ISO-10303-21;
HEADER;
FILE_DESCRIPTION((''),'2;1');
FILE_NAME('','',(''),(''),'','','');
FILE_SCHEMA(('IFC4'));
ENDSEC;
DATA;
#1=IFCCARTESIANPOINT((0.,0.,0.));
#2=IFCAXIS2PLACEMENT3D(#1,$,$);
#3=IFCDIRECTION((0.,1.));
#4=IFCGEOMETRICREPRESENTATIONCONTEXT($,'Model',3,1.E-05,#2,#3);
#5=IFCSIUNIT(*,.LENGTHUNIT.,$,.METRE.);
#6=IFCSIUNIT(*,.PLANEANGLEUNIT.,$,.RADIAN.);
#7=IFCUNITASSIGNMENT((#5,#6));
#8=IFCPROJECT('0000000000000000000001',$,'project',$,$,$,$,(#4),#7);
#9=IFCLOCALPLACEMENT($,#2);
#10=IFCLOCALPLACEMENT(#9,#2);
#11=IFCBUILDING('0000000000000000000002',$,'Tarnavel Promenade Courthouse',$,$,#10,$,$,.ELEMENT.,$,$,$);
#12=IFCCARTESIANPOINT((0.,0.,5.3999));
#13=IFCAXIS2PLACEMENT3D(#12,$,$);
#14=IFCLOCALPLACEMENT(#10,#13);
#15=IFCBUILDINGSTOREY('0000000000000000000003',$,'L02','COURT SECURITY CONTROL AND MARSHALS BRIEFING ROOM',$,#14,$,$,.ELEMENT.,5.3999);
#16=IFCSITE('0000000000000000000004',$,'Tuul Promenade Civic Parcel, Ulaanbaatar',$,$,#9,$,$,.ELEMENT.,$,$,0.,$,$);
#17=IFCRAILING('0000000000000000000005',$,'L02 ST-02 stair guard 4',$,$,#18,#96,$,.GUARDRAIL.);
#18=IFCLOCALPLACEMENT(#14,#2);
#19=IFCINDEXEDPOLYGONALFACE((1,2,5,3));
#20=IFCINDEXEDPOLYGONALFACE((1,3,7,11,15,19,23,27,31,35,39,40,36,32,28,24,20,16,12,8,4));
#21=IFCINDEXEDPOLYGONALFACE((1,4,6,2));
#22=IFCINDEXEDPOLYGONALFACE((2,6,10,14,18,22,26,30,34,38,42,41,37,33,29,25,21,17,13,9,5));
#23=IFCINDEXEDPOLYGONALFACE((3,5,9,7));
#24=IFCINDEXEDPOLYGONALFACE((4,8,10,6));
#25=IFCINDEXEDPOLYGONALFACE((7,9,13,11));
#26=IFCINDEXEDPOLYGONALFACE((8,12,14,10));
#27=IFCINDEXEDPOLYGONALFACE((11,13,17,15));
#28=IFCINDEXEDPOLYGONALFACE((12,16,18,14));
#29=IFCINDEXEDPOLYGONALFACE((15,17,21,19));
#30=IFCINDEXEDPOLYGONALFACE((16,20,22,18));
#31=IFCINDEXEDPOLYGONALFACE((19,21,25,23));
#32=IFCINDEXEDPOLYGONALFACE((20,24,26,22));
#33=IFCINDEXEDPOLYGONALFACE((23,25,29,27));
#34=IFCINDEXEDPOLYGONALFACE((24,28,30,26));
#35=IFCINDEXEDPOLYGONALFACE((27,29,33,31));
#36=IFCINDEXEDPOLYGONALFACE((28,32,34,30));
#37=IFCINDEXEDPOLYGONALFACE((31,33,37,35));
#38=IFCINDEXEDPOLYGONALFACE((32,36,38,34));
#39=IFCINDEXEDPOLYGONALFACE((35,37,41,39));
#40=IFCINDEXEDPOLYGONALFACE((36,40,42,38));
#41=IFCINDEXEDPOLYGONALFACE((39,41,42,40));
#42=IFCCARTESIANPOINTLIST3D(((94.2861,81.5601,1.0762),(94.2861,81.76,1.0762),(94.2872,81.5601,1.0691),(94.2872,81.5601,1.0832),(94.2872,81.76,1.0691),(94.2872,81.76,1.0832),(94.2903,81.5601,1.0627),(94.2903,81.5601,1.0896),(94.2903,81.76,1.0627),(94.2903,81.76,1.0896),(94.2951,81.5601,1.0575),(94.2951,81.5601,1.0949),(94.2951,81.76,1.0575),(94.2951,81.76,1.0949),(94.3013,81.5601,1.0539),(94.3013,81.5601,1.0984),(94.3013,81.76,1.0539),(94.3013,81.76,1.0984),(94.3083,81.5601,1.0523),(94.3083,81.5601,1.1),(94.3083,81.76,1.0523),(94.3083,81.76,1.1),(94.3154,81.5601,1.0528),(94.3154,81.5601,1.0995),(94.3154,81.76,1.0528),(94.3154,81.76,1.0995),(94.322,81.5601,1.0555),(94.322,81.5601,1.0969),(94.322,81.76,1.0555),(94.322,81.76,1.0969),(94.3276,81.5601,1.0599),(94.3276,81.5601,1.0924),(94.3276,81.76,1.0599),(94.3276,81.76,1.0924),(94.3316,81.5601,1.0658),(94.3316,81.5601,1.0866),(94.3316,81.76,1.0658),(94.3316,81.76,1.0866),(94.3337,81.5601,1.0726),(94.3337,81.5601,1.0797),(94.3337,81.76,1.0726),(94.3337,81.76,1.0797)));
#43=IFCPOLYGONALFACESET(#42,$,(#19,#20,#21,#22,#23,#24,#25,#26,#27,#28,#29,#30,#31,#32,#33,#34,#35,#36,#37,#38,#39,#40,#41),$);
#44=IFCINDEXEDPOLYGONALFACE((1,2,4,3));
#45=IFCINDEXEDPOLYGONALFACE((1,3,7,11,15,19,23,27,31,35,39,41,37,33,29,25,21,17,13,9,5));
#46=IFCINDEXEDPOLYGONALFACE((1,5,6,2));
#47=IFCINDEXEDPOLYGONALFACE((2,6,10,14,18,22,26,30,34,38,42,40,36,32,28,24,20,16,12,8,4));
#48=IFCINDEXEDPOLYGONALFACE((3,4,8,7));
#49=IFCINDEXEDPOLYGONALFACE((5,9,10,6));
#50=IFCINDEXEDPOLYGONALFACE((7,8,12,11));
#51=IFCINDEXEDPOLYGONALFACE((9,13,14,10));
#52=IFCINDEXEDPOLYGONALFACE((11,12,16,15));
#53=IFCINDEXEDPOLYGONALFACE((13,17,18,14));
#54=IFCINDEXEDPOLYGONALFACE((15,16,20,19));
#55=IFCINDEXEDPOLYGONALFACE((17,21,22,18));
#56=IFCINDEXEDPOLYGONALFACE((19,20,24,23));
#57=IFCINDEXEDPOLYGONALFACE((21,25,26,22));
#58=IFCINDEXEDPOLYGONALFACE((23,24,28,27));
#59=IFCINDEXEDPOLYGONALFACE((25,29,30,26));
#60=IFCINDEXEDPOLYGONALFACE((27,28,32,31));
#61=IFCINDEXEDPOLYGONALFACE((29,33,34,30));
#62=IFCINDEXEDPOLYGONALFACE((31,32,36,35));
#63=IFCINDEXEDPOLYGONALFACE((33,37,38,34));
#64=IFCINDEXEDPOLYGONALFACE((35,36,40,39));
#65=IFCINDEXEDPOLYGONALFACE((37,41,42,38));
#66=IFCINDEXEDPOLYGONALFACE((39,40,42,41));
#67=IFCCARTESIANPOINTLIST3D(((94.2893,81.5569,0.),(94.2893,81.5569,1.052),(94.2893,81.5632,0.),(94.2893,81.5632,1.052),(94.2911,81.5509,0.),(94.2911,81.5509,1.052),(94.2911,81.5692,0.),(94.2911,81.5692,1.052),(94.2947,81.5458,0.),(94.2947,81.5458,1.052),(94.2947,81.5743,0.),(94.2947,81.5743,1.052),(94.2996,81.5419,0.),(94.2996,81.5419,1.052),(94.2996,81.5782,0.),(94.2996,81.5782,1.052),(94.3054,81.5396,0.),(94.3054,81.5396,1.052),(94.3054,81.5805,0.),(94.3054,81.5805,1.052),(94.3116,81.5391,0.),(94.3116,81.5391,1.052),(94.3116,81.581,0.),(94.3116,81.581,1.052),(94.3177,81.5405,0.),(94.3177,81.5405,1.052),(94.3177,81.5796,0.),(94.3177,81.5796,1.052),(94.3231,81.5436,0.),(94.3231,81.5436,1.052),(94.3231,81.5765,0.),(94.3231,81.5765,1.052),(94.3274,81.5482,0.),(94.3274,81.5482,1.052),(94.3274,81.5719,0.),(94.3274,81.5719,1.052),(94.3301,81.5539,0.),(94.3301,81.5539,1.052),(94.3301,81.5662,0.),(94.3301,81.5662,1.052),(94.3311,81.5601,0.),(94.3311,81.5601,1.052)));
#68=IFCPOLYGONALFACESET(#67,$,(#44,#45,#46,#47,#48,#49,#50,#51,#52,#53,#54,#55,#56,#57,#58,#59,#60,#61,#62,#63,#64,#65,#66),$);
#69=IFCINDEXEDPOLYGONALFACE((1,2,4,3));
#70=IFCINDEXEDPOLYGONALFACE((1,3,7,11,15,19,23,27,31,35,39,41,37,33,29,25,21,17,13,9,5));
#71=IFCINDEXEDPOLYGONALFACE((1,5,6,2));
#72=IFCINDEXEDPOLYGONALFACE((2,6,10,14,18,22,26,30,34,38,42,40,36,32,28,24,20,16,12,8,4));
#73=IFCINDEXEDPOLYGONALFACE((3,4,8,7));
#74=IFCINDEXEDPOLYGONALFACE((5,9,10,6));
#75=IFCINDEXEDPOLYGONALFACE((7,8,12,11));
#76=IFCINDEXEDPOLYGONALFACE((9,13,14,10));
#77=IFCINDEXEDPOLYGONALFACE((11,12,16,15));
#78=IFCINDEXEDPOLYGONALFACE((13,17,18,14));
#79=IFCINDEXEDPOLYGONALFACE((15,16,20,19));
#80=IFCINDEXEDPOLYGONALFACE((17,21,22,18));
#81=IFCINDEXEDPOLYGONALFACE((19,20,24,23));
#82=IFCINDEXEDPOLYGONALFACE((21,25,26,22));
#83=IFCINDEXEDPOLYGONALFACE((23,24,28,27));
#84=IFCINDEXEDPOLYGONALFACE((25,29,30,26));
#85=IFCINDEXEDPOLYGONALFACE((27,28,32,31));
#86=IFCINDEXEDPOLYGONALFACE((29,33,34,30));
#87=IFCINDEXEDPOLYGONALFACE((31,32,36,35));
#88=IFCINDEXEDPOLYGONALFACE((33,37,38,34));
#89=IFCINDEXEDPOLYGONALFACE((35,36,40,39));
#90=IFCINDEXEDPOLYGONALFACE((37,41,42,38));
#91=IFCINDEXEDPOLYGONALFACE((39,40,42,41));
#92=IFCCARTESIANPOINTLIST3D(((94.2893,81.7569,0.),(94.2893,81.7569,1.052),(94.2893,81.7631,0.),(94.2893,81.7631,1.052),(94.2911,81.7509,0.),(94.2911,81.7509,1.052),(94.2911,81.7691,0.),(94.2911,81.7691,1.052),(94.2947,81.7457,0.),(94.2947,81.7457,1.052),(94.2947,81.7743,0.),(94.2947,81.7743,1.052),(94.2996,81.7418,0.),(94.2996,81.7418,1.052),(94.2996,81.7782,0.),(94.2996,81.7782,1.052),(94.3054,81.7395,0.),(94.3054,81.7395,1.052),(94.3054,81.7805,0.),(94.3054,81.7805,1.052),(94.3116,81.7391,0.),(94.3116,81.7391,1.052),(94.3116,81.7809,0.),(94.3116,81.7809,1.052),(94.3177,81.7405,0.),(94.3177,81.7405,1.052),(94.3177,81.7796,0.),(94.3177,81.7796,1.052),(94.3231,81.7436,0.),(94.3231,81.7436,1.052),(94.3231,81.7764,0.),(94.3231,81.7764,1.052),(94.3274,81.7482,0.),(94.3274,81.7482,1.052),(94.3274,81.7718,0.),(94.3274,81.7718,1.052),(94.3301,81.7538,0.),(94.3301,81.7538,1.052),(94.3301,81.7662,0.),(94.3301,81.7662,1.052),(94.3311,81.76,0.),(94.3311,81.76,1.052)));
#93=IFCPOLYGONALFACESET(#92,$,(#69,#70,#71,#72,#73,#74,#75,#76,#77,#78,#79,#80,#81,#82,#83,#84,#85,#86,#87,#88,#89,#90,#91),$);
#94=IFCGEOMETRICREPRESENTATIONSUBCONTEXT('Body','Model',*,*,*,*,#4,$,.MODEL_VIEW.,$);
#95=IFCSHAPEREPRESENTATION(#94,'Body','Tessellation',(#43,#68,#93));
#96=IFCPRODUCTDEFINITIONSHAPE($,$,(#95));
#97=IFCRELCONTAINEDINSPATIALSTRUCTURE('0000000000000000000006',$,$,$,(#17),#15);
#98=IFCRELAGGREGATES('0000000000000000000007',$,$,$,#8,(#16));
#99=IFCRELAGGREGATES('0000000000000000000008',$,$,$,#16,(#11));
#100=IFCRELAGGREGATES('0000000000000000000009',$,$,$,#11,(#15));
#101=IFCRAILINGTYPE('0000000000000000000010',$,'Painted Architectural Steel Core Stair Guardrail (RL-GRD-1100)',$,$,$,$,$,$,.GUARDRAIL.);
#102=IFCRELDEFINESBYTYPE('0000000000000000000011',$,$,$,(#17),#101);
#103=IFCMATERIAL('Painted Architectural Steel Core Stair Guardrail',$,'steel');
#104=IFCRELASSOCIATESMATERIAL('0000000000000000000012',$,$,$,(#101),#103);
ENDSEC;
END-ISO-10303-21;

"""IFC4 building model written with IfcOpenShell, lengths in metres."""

from ifc_helpers import new_model, si_unit, direction, frame, origin, origin_2d, place, context, subcontext, project, spatial, circle, extrude, material, type_object, element, save


model = new_model("IFC4")

# Units and contexts
model_context = context("Model", 3, precision=1e-05, world=origin(), true_north=direction((0.0, 1.0)))
body_context = subcontext(model_context, "Body", "Model", "MODEL_VIEW")
ifc_project = project(units=[si_unit("LENGTHUNIT", "METRE"), si_unit("PLANEANGLEUNIT", "RADIAN")], contexts=[model_context])

# Site, building, storey
site_placement = place(None, origin())
site = spatial("IfcSite", under=ifc_project, at=site_placement, Name="Tuul Promenade Civic Parcel, Ulaanbaatar", CompositionType="ELEMENT", RefElevation=0.0)
building_placement = place(site_placement, origin())
building = spatial("IfcBuilding", under=site, at=building_placement, Name="Tarnavel Promenade Courthouse", CompositionType="ELEMENT")
storey_placement = place(building_placement, frame((0.0, 0.0, 5.3999)))
storey = spatial("IfcBuildingStorey", under=building, at=storey_placement, Name="L02", Description="COURT SECURITY CONTROL AND MARSHALS BRIEFING ROOM", CompositionType="ELEMENT", Elevation=5.3999)

# Railing
ifc_material_1 = material(Name="Painted Architectural Steel Core Stair Guardrail", Category="steel")
railing_type_1 = type_object("IfcRailingType", Name="Painted Architectural Steel Core Stair Guardrail (RL-GRD-1100)", PredefinedType="GUARDRAIL", material=ifc_material_1)
railing_1_placement = place(storey_placement, frame((94.3101, 81.5601, 0.0)))
element("IfcRailing", 1, at=railing_1_placement, inside=storey, type_object=railing_type_1, Name="L02 ST-02 stair guard 4", PredefinedType="GUARDRAIL", context=body_context, shape_type="SweptSolid", body=[
    extrude(circle(Radius=0.0239, at=origin_2d()), frame((0.0, 0.0, 1.0762), z_axis=(0.0, 1.0, 0.0), x_axis=(-1.0, 0.0, 0.0)), (0.0, 0.0, 1.0), 0.2),
    extrude(circle(Radius=0.021, at=origin_2d()), origin(), (0.0, 0.0, 1.0), 1.052),
    extrude(circle(Radius=0.021, at=origin_2d()), frame((0.0, 0.2, 0.0)), (0.0, 0.0, 1.0), 1.052),
])

save(model, "model.ifc")
